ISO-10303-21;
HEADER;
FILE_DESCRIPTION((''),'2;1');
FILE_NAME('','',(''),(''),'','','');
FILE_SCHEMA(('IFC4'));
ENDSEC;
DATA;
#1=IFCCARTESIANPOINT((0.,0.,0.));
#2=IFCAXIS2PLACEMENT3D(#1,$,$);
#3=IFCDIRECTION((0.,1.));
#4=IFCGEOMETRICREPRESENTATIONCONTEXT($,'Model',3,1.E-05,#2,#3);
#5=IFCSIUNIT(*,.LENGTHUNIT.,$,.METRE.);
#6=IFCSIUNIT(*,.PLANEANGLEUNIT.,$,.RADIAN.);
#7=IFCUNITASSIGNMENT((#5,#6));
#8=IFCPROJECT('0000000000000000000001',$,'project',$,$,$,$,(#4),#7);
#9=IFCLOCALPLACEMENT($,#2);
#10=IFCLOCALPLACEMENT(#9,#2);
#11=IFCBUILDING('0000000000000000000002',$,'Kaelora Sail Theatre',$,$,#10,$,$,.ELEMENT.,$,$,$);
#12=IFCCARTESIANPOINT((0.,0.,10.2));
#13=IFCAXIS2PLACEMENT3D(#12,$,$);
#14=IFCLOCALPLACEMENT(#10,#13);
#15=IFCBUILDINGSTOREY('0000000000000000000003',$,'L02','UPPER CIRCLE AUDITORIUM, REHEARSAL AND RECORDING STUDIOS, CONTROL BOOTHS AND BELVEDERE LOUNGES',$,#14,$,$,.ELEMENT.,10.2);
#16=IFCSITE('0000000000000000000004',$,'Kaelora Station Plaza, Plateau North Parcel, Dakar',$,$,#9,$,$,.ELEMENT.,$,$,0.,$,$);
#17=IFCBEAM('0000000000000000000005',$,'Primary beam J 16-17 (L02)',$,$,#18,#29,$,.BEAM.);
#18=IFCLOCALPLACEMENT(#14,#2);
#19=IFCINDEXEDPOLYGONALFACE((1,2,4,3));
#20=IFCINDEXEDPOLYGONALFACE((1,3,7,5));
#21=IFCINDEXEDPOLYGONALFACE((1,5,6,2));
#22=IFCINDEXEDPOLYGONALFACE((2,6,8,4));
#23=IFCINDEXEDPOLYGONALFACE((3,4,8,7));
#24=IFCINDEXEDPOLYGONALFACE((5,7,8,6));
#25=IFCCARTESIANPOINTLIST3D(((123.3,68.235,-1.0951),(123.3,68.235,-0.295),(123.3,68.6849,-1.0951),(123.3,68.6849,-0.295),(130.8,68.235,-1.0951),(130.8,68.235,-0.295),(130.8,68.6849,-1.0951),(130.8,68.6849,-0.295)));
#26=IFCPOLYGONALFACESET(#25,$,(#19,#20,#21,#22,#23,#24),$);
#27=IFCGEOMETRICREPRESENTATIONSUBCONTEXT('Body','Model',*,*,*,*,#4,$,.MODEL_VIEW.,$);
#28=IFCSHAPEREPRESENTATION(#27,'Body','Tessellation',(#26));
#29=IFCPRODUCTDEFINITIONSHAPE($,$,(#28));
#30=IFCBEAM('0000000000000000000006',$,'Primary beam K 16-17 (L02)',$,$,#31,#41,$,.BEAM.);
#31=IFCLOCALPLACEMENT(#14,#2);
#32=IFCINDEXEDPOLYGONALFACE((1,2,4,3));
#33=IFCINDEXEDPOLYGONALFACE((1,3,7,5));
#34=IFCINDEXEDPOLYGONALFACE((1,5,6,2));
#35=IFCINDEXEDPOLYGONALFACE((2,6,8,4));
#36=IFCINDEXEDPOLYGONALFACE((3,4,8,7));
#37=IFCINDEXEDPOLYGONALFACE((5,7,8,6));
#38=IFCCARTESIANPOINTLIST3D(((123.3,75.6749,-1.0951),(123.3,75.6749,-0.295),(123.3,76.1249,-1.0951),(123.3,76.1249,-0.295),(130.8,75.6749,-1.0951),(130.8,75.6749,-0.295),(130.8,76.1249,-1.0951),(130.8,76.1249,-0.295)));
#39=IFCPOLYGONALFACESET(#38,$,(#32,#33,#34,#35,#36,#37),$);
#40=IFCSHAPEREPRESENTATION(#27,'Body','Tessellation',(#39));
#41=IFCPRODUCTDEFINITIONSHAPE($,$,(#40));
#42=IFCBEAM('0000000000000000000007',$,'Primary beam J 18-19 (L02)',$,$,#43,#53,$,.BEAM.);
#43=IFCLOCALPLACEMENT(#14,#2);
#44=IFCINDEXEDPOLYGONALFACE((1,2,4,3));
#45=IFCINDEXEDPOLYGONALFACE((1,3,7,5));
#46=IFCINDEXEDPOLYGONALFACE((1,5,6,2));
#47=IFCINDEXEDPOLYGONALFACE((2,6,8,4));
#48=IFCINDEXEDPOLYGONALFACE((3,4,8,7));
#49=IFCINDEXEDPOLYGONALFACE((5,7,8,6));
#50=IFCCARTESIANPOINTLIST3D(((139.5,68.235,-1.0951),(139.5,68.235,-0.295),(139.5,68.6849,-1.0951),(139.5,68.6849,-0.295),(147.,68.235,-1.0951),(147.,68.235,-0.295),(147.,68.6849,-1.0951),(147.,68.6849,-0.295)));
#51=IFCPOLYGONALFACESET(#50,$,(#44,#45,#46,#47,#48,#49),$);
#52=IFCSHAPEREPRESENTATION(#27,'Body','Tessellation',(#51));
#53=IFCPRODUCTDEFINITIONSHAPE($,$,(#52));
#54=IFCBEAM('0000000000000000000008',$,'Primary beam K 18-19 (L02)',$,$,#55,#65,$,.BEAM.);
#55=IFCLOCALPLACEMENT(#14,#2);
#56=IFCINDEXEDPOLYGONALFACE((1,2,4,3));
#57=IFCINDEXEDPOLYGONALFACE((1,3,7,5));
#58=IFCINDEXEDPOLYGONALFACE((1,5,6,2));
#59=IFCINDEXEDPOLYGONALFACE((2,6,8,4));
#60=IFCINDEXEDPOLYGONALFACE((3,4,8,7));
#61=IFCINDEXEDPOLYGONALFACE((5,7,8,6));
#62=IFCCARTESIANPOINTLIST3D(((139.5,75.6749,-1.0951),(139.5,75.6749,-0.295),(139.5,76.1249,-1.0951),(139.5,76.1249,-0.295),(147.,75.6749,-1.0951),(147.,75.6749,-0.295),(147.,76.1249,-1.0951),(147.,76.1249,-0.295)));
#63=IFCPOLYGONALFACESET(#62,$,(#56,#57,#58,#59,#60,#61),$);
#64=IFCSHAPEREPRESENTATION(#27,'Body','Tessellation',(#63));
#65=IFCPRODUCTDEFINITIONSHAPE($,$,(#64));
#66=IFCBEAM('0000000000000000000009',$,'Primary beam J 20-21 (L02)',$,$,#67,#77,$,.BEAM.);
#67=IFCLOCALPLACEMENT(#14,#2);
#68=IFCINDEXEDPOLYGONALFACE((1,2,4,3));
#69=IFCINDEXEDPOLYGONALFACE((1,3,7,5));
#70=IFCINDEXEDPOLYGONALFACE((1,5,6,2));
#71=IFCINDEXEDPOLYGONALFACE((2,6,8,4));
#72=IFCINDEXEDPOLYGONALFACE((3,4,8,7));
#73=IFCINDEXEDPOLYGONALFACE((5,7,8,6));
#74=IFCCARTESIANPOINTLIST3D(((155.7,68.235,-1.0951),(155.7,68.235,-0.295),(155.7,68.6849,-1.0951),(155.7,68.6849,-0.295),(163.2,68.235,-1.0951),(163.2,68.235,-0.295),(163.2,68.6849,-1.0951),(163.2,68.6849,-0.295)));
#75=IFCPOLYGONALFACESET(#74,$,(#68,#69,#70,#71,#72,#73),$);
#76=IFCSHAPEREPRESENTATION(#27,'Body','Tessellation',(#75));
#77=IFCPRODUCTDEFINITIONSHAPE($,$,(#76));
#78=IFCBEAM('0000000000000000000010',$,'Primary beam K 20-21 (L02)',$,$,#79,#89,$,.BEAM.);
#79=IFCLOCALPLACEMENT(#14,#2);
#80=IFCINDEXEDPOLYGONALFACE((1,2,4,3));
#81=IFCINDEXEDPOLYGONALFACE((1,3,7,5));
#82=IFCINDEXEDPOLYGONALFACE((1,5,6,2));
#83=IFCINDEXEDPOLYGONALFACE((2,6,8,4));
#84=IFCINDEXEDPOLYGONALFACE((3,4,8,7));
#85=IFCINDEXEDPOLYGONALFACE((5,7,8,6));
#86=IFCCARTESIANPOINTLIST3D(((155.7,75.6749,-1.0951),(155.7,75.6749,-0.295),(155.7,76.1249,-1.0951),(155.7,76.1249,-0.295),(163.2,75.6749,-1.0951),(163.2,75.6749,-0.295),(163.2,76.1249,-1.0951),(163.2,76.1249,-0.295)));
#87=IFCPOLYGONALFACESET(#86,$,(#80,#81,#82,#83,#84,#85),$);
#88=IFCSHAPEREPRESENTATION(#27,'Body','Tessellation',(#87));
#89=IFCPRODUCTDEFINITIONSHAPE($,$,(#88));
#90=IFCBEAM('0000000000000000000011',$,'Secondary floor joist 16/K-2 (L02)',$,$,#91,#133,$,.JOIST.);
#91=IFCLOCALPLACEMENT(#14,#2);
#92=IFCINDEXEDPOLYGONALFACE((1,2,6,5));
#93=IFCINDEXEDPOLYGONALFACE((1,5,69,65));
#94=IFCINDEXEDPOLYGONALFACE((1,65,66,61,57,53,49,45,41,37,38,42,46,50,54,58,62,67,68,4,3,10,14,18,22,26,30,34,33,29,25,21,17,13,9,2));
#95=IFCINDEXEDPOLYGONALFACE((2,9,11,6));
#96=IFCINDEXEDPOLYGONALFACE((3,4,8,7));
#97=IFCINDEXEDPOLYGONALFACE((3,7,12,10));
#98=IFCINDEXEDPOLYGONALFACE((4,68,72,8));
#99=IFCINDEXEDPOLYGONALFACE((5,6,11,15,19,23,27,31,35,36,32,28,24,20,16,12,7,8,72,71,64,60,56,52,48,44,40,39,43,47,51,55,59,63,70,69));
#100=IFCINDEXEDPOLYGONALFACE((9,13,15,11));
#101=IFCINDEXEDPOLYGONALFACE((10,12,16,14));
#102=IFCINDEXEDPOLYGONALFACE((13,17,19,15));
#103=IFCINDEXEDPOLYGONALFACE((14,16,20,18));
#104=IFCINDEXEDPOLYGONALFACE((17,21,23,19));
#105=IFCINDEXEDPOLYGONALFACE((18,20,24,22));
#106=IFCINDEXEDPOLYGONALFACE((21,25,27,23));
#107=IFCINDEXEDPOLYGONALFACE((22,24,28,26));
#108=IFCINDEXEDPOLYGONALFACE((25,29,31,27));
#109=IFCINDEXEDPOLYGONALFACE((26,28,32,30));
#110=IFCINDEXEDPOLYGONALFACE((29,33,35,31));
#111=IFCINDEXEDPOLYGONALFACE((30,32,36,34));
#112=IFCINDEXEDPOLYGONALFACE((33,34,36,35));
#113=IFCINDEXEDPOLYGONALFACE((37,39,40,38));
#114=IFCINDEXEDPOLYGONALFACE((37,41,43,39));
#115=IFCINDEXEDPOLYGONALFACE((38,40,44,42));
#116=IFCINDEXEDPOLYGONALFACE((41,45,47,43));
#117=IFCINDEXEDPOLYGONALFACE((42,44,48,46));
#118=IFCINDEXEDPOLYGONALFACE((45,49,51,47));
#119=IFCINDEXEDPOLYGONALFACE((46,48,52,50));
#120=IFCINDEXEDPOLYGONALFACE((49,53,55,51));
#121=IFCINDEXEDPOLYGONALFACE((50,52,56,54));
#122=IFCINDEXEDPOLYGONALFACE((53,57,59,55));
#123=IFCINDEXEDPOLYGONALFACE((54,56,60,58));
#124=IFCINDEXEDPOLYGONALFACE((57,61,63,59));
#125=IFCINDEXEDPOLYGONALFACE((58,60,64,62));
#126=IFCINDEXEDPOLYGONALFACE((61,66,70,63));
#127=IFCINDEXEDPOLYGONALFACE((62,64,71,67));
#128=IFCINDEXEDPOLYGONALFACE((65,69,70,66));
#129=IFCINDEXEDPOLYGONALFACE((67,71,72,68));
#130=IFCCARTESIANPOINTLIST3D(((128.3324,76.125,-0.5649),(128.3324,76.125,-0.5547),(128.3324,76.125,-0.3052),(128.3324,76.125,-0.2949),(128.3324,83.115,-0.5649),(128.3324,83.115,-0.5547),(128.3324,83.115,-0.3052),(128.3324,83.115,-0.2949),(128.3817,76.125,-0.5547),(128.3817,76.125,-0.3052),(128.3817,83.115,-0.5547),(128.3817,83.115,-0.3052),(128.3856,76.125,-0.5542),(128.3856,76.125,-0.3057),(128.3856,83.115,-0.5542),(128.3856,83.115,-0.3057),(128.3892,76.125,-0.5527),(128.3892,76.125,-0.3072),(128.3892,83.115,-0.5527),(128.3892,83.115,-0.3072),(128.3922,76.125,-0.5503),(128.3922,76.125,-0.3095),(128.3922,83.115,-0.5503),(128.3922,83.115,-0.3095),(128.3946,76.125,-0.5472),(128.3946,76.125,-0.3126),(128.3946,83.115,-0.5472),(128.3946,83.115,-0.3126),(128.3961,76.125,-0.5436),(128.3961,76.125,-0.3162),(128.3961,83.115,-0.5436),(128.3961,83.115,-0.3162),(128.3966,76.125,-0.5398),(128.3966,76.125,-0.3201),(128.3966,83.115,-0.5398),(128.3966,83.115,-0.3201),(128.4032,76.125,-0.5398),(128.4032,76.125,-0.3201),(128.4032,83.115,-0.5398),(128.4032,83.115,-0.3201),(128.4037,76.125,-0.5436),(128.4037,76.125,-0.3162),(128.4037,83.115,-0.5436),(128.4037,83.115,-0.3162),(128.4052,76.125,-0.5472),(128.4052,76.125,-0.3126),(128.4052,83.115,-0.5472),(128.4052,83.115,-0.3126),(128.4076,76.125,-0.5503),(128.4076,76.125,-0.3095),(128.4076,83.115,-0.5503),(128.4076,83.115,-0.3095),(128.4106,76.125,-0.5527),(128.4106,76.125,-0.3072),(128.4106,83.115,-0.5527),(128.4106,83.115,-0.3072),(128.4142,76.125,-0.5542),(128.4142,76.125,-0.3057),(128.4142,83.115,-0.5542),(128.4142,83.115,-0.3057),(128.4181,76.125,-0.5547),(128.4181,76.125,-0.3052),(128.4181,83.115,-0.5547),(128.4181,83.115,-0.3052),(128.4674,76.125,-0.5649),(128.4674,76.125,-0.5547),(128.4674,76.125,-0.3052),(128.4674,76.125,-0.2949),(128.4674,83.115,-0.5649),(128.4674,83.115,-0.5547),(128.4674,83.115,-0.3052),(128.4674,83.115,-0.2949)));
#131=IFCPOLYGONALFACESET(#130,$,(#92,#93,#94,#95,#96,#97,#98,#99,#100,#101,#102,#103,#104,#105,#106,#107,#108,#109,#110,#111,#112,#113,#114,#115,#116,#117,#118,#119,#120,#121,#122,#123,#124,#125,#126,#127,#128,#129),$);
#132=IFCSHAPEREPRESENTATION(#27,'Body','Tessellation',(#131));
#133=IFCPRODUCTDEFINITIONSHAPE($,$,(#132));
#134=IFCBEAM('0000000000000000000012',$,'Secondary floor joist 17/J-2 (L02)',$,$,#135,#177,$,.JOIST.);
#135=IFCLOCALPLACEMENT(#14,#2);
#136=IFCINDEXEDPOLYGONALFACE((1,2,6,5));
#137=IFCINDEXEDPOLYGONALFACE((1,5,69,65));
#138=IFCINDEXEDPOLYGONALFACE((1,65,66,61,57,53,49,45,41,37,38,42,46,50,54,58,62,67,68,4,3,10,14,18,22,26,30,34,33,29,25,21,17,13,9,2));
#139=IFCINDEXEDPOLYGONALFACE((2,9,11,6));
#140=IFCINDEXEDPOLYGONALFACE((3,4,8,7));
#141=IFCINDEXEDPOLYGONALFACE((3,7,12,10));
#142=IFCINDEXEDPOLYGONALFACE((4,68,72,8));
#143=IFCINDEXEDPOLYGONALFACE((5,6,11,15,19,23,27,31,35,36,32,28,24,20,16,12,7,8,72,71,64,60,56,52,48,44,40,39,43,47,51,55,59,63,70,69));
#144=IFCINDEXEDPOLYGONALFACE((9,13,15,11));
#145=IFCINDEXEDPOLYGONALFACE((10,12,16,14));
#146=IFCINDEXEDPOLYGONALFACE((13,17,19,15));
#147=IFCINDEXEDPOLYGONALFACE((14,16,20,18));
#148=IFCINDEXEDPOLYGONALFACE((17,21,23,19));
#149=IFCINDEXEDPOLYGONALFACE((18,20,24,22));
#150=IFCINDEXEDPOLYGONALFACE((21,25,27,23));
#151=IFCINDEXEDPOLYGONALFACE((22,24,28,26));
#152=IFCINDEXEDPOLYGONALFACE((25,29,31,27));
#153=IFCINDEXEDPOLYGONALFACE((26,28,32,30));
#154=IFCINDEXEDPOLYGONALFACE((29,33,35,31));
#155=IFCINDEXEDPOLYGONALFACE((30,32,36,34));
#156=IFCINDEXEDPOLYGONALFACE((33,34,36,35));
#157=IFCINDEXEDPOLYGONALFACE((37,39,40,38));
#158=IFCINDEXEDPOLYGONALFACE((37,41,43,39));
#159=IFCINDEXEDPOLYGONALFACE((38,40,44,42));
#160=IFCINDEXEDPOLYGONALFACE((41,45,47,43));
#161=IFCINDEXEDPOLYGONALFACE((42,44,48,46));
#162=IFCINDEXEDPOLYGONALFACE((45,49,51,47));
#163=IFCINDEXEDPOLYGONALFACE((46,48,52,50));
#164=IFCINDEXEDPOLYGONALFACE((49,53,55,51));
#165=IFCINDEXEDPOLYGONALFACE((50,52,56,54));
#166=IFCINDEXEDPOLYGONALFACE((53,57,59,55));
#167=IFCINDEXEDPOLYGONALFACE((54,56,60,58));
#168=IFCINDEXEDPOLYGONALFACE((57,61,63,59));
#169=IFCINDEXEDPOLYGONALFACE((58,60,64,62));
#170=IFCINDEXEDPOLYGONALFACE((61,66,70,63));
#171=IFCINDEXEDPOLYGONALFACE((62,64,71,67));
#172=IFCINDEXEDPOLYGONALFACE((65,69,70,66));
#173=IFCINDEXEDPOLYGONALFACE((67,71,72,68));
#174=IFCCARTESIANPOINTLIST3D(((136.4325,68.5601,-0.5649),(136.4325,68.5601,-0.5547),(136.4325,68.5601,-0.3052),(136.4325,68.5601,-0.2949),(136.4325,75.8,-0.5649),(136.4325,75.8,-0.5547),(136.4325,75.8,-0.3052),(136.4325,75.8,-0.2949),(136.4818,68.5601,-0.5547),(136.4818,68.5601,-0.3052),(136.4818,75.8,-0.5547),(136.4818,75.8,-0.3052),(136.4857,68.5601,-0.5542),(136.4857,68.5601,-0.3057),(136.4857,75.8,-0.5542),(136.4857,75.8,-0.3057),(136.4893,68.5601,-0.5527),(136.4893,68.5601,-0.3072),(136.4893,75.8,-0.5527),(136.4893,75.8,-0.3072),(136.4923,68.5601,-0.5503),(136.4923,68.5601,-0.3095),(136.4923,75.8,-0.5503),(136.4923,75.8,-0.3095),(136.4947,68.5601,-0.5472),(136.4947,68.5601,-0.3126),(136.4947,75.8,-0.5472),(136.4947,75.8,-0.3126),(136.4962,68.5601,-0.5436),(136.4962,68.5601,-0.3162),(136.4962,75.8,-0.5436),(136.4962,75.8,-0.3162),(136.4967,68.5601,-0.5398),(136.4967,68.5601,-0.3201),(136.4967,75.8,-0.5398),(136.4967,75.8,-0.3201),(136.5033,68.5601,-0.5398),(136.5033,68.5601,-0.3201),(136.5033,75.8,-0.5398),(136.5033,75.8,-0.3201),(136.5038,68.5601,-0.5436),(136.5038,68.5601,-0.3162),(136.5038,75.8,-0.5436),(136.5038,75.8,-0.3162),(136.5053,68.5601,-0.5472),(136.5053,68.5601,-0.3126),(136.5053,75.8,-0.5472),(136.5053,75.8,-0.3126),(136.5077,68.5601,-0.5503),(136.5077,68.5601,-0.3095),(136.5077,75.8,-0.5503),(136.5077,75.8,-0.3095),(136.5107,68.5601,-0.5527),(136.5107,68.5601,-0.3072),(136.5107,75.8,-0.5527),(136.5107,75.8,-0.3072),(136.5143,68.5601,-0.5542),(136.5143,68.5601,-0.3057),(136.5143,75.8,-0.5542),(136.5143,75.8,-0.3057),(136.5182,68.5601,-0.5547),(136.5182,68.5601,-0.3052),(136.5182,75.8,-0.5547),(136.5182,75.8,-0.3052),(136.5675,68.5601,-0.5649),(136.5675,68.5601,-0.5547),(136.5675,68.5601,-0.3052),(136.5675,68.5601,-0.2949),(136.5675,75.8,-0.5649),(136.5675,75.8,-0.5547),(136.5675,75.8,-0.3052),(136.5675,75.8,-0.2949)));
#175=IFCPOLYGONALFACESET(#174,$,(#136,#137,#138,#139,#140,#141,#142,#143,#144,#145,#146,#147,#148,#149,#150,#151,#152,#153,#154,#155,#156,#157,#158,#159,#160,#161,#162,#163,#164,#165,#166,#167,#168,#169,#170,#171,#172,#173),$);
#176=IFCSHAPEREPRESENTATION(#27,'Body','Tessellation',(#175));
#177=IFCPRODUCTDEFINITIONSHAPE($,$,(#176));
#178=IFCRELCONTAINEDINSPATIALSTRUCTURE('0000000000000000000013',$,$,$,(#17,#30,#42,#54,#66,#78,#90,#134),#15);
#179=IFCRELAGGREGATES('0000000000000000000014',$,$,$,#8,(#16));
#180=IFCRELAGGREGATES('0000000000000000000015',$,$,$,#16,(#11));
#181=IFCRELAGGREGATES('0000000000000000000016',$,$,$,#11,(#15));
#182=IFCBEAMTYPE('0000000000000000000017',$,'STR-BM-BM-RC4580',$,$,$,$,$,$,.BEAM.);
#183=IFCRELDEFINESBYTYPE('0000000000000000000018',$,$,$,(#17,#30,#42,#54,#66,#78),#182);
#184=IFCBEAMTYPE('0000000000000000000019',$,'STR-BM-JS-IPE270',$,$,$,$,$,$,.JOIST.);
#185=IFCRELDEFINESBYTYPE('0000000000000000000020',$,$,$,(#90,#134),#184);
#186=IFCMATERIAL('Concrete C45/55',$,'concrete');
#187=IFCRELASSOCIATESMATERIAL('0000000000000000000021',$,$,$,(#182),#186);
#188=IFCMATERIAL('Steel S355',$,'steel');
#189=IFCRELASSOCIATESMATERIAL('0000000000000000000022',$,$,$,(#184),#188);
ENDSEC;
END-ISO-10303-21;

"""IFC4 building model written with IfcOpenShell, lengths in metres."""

from ifc_helpers import new_model, si_unit, direction, frame, origin, origin_2d, place, context, subcontext, project, spatial, rectangle, i_section, extrude, material, material_profile, profile_set, type_object, element, save


model = new_model("IFC4")

# Units and contexts
model_context = context("Model", 3, precision=1e-05, world=origin(), true_north=direction((0.0, 1.0)))
body_context = subcontext(model_context, "Body", "Model", "MODEL_VIEW")
ifc_project = project(units=[si_unit("LENGTHUNIT", "METRE"), si_unit("PLANEANGLEUNIT", "RADIAN")], contexts=[model_context])

# Site, building, storey
site_placement = place(None, origin())
site = spatial("IfcSite", under=ifc_project, at=site_placement, Name="Kaelora Station Plaza, Plateau North Parcel, Dakar", CompositionType="ELEMENT", RefElevation=0.0)
building_placement = place(site_placement, origin())
building = spatial("IfcBuilding", under=site, at=building_placement, Name="Kaelora Sail Theatre", CompositionType="ELEMENT")
storey_placement = place(building_placement, frame((0.0, 0.0, 10.2)))
storey = spatial("IfcBuildingStorey", under=building, at=storey_placement, Name="L02", Description="UPPER CIRCLE AUDITORIUM, REHEARSAL AND RECORDING STUDIOS, CONTROL BOOTHS AND BELVEDERE LOUNGES", CompositionType="ELEMENT", Elevation=10.2)

# Beams
ifc_material_1 = material(Name="Concrete C45/55", Category="concrete")
ifc_material_profile_1 = material_profile(ifc_material_1, rectangle(XDim=0.45, YDim=0.8, at=origin_2d()), Name="RC-BM 450x800")
ifc_profile_set_1 = profile_set([ifc_material_profile_1], Name="Concrete C45/55")
beam_type_1 = type_object("IfcBeamType", Name="STR-BM-BM-RC4580", PredefinedType="BEAM", material=ifc_profile_set_1)
for number, where, z_axis, x_axis, name in (
    (1, (123.3, 68.46, -0.6951), (1.0, 0.0, 0.0), (0.0, 1.0, 0.0), "Primary beam J 16-17 (L02)"),
    (2, (123.3, 75.8999, -0.6951), (1.0, 0.0, 0.0), (0.0, 1.0, 0.0), "Primary beam K 16-17 (L02)"),
    (3, (139.5, 68.46, -0.6951), (1.0, 0.0, 0.0), (0.0, 1.0, 0.0), "Primary beam J 18-19 (L02)"),
    (4, (139.5, 75.8999, -0.6951), (1.0, 0.0, 0.0), (0.0, 1.0, 0.0), "Primary beam K 18-19 (L02)"),
    (5, (155.7, 68.46, -0.6951), (1.0, 0.0, 0.0), (0.0, 1.0, 0.0), "Primary beam J 20-21 (L02)"),
    (6, (155.7, 75.8999, -0.6951), (1.0, 0.0, 0.0), (0.0, 1.0, 0.0), "Primary beam K 20-21 (L02)"),
):
    element("IfcBeam", number, at=place(storey_placement, frame(where, z_axis=z_axis, x_axis=x_axis)), inside=storey, type_object=beam_type_1, Name=name, PredefinedType="BEAM", context=body_context, shape_type="SweptSolid", body=[
        extrude(rectangle(XDim=0.45, YDim=0.8, at=origin_2d()), origin(), (0.0, 0.0, 1.0), 7.5),
    ])
ifc_material_2 = material(Name="Steel S355", Category="steel")
ifc_material_profile_2 = material_profile(ifc_material_2, i_section(OverallWidth=0.135, OverallDepth=0.27, WebThickness=0.0066, FlangeThickness=0.0103, FilletRadius=0.0149, at=origin_2d()), Name="IPE 270")
ifc_profile_set_2 = profile_set([ifc_material_profile_2], Name="Steel S355")
beam_type_2 = type_object("IfcBeamType", Name="STR-BM-JS-IPE270", PredefinedType="JOIST", material=ifc_profile_set_2)
beam_1_placement = place(storey_placement, frame((128.3999, 76.125, -0.4299), z_axis=(0.0, 1.0, 0.0), x_axis=(-1.0, 0.0, 0.0)))
element("IfcBeam", 7, at=beam_1_placement, inside=storey, type_object=beam_type_2, Name="Secondary floor joist 16/K-2 (L02)", PredefinedType="JOIST", context=body_context, shape_type="SweptSolid", body=[
    extrude(i_section(OverallWidth=0.135, OverallDepth=0.27, WebThickness=0.0066, FlangeThickness=0.0103, FilletRadius=0.0149, at=origin_2d()), origin(), (0.0, 0.0, 1.0), 6.99),
])
beam_2_placement = place(storey_placement, frame((136.5, 68.5601, -0.4299), z_axis=(0.0, 1.0, 0.0), x_axis=(-1.0, 0.0, 0.0)))
element("IfcBeam", 8, at=beam_2_placement, inside=storey, type_object=beam_type_2, Name="Secondary floor joist 17/J-2 (L02)", PredefinedType="JOIST", context=body_context, shape_type="SweptSolid", body=[
    extrude(i_section(OverallWidth=0.135, OverallDepth=0.27, WebThickness=0.0066, FlangeThickness=0.0103, FilletRadius=0.0149, at=origin_2d()), origin(), (0.0, 0.0, 1.0), 7.24),
])

save(model, "model.ifc")
